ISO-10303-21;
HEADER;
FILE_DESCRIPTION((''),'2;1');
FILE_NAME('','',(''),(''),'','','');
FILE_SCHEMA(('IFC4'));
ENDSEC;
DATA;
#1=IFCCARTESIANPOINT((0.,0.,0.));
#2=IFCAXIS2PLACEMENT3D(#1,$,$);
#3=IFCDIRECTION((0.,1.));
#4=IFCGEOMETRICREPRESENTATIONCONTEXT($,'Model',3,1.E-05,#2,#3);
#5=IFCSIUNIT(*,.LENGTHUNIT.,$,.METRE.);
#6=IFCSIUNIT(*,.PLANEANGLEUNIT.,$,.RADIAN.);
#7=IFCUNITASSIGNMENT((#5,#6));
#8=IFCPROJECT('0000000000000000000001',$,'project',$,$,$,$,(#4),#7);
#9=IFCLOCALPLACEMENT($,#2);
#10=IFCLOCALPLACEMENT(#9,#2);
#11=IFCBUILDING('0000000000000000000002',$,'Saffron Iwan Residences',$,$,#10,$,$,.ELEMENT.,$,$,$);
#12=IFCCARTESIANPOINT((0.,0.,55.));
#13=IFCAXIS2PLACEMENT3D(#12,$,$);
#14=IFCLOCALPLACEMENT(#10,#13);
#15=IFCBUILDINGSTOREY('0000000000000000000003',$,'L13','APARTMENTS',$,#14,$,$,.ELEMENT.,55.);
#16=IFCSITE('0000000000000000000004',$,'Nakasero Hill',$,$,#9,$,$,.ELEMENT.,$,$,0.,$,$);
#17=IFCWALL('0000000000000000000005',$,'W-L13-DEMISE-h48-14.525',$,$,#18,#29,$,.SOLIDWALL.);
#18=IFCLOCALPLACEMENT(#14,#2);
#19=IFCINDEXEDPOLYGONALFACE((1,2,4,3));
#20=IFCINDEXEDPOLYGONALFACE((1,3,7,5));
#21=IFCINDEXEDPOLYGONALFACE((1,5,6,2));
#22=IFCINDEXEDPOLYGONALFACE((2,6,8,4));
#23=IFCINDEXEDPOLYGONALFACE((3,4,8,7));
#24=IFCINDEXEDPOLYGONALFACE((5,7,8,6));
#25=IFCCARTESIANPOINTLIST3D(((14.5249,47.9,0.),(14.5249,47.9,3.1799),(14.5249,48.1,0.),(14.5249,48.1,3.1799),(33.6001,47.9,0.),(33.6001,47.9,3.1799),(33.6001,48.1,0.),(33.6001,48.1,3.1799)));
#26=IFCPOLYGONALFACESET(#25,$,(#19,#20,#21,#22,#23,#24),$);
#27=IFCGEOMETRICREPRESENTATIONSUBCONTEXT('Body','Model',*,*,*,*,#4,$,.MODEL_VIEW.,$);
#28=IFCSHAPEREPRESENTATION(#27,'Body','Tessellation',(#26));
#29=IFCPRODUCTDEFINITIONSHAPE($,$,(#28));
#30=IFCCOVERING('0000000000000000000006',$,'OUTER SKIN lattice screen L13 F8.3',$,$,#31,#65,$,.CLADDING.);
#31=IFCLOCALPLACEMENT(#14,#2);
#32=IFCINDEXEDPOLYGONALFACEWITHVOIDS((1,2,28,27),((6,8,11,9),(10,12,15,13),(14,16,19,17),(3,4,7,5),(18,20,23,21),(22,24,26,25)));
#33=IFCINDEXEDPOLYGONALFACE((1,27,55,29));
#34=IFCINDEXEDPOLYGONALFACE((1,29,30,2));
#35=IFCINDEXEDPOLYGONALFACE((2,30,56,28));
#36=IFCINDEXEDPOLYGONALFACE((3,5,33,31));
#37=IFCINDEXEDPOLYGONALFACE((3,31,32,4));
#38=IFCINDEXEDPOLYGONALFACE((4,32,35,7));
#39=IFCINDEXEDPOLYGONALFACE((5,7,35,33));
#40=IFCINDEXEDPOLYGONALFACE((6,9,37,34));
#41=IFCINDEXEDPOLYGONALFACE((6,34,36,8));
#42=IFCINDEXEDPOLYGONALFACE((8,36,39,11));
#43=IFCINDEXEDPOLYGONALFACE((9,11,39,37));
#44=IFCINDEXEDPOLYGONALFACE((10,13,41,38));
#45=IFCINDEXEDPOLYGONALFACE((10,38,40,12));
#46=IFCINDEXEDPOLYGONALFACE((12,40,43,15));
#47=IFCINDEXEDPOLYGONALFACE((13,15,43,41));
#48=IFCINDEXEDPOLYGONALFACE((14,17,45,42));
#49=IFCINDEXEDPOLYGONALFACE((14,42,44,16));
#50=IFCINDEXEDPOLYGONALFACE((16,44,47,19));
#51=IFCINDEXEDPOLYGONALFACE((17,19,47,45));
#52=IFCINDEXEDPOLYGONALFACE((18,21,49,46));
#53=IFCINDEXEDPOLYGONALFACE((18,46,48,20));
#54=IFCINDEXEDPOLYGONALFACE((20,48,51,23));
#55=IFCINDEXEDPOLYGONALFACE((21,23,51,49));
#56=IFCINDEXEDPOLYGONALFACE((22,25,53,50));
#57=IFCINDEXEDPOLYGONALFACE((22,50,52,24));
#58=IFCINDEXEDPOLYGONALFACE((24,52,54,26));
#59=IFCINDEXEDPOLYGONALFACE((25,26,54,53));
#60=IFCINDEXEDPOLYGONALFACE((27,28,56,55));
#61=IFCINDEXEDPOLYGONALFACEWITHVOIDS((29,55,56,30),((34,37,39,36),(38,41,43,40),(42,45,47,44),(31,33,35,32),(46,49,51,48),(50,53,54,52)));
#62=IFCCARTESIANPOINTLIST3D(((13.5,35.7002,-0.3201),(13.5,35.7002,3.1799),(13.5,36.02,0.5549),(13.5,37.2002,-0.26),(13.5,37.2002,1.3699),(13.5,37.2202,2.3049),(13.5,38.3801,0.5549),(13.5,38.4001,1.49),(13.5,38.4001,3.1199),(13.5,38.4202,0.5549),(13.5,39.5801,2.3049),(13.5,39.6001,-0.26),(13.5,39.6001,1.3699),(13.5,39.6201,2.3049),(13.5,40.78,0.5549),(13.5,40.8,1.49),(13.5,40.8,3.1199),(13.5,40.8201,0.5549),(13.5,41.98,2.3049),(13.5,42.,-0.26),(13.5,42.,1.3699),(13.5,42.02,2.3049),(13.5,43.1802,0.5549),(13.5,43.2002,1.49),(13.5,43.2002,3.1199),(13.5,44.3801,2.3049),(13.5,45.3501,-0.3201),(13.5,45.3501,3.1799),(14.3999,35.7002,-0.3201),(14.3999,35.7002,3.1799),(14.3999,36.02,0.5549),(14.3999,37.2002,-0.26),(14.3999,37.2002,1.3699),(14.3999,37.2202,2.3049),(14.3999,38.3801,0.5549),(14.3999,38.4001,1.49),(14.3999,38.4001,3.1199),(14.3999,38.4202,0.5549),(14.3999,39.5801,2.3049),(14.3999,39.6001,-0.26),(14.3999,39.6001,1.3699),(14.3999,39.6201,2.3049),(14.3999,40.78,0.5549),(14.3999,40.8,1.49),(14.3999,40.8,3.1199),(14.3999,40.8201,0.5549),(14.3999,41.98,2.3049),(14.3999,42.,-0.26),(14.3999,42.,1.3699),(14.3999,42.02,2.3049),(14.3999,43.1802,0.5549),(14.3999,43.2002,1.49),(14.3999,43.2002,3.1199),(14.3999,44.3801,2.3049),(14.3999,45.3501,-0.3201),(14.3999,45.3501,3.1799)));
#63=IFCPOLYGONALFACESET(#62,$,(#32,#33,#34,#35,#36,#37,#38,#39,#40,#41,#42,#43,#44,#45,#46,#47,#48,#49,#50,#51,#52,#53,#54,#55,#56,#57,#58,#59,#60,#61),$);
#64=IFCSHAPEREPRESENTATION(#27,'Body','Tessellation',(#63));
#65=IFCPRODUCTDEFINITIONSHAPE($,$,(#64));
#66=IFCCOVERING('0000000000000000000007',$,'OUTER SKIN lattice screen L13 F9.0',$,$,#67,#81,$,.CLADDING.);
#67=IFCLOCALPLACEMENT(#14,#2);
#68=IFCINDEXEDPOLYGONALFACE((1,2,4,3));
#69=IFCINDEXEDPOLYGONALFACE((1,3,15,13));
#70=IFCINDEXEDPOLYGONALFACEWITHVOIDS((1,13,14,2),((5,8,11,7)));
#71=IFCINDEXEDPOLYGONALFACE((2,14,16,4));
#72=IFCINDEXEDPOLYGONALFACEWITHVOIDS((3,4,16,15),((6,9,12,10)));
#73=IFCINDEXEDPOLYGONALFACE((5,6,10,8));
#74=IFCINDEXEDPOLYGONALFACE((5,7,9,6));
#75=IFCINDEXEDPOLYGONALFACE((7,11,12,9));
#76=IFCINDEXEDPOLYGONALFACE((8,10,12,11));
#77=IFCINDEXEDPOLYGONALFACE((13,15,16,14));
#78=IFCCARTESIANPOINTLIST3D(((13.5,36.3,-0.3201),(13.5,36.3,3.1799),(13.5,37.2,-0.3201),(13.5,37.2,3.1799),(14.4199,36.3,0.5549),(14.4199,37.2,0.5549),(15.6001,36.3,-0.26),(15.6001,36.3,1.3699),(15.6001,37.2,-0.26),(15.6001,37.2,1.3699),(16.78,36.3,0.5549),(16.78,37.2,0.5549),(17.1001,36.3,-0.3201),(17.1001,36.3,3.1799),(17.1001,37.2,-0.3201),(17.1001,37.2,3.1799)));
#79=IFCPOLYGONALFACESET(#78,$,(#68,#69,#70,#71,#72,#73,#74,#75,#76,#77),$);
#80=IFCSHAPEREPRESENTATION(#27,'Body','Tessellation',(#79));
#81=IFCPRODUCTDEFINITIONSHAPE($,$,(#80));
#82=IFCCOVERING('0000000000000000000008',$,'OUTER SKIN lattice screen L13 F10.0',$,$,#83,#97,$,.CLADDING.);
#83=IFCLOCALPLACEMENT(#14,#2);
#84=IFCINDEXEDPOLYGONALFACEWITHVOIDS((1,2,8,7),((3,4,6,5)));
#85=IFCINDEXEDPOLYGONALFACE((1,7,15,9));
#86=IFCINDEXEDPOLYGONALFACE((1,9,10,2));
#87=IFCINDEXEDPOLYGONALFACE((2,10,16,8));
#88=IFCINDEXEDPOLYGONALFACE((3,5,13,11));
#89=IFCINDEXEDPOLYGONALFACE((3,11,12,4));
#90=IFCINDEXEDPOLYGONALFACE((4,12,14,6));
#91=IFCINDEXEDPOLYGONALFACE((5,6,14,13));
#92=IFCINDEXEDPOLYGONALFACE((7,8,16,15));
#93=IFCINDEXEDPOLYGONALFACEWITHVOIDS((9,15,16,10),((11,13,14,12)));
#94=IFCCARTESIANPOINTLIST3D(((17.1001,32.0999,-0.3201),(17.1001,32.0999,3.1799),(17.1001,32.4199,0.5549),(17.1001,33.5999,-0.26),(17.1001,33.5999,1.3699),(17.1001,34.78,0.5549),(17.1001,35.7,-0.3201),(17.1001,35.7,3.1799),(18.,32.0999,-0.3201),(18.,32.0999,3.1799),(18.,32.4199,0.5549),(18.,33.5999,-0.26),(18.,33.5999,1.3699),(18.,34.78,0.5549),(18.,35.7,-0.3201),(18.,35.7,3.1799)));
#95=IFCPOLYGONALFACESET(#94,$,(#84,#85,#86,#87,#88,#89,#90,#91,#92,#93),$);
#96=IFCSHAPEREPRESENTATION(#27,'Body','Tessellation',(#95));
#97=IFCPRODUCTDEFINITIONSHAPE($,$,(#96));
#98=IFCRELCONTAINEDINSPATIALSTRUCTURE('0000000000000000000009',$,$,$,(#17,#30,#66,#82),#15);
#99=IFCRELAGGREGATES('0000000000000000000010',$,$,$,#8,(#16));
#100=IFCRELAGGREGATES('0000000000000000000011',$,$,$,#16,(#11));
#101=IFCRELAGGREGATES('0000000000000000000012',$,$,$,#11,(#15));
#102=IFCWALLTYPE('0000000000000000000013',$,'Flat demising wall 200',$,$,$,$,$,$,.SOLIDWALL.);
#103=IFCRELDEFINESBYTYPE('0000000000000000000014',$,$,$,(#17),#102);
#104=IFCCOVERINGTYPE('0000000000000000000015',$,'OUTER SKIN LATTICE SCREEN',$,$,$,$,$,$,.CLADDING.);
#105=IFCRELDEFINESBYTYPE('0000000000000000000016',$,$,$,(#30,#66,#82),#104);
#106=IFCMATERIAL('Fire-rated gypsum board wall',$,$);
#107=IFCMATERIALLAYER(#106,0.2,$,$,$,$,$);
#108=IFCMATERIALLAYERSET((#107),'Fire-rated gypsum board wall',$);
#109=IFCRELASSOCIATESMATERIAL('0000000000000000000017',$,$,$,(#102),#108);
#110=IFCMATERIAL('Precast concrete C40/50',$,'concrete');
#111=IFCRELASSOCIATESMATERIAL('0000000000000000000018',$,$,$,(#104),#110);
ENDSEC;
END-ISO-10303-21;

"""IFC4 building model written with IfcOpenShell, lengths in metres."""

from ifc_helpers import new_model, si_unit, direction, frame, frame_2d, origin, place, context, subcontext, project, spatial, polyline, rectangle, outline, extrude, material, layer, layer_set, type_object, element, save


model = new_model("IFC4")

# Units and contexts
model_context = context("Model", 3, precision=1e-05, world=origin(), true_north=direction((0.0, 1.0)))
body_context = subcontext(model_context, "Body", "Model", "MODEL_VIEW")
ifc_project = project(units=[si_unit("LENGTHUNIT", "METRE"), si_unit("PLANEANGLEUNIT", "RADIAN")], contexts=[model_context])

# Site, building, storey
site_placement = place(None, origin())
site = spatial("IfcSite", under=ifc_project, at=site_placement, Name="Nakasero Hill", CompositionType="ELEMENT", RefElevation=0.0)
building_placement = place(site_placement, origin())
building = spatial("IfcBuilding", under=site, at=building_placement, Name="Saffron Iwan Residences", CompositionType="ELEMENT")
storey_placement = place(building_placement, frame((0.0, 0.0, 55.0)))
storey = spatial("IfcBuildingStorey", under=building, at=storey_placement, Name="L13", Description="APARTMENTS", CompositionType="ELEMENT", Elevation=55.0)

# Wall
ifc_material_1 = material(Name="Fire-rated gypsum board wall")
ifc_layer_1 = layer(ifc_material_1, 0.2)
ifc_layer_set_1 = layer_set([ifc_layer_1], Name="Fire-rated gypsum board wall")
wall_type_1 = type_object("IfcWallType", Name="Flat demising wall 200", PredefinedType="SOLIDWALL", material=ifc_layer_set_1)
wall_1_placement = place(storey_placement, frame((14.5249, 48.0, 0.0), z_axis=(0.0, 0.0, 1.0), x_axis=(1.0, 0.0, 0.0)))
element("IfcWall", 1, at=wall_1_placement, inside=storey, type_object=wall_type_1, Name="W-L13-DEMISE-h48-14.525", PredefinedType="SOLIDWALL", context=body_context, shape_type="SweptSolid", body=[
    extrude(rectangle(XDim=19.0752, YDim=0.2, at=frame_2d((9.5376, 0.0))), origin(), (0.0, 0.0, 1.0), 3.1799),
])

# Coverings
ifc_material_2 = material(Name="Precast concrete C40/50", Category="concrete")
covering_type = type_object("IfcCoveringType", Name="OUTER SKIN LATTICE SCREEN", PredefinedType="CLADDING", material=ifc_material_2)
covering_placement = place(storey_placement, frame((14.3999, 45.3501, -0.3201), z_axis=(-1.0, 0.0, 0.0), x_axis=(0.0, -1.0, 0.0)))
element("IfcCovering", 2, at=covering_placement, inside=storey, type_object=covering_type, Name="OUTER SKIN lattice screen L13 F8.3", PredefinedType="CLADDING", context=body_context, shape_type="SweptSolid", body=[
    extrude(outline(polyline([(0.0, 0.0), (9.6499, 0.0), (9.6499, 3.5), (0.0, 3.5), (0.0, 0.0)]), holes=[polyline([(2.1699, 0.875), (3.3501, 0.0601), (4.53, 0.875), (3.3501, 1.6899), (2.1699, 0.875)]), polyline([(4.5701, 0.875), (5.75, 0.0601), (6.9299, 0.875), (5.75, 1.6899), (4.5701, 0.875)]), polyline([(6.97, 0.875), (8.1499, 0.0601), (9.3301, 0.875), (8.1499, 1.6899), (6.97, 0.875)]), polyline([(0.97, 2.625), (2.1499, 1.8101), (3.3301, 2.625), (2.1499, 3.4399), (0.97, 2.625)]), polyline([(3.3701, 2.625), (4.55, 1.8101), (5.73, 2.625), (4.55, 3.4399), (3.3701, 2.625)]), polyline([(5.77, 2.625), (6.95, 1.8101), (8.1299, 2.625), (6.95, 3.4399), (5.77, 2.625)])]), origin(), (0.0, 0.0, 1.0), 0.8999),
])
for number, where, z_axis, x_axis, name in (
    (3, (13.5, 37.2, -0.3201), (0.0, -1.0, 0.0), (1.0, 0.0, 0.0), "OUTER SKIN lattice screen L13 F9.0"),
    (4, (18.0, 35.7, -0.3201), (-1.0, 0.0, 0.0), (0.0, -1.0, 0.0), "OUTER SKIN lattice screen L13 F10.0"),
):
    element("IfcCovering", number, at=place(storey_placement, frame(where, z_axis=z_axis, x_axis=x_axis)), inside=storey, type_object=covering_type, Name=name, PredefinedType="CLADDING", context=body_context, shape_type="SweptSolid", body=[
        extrude(outline(polyline([(0.0, 0.0), (3.6001, 0.0), (3.6001, 3.5), (0.0, 3.5), (0.0, 0.0)]), holes=[polyline([(0.9199, 0.875), (2.1001, 0.0601), (3.28, 0.875), (2.1001, 1.6899), (0.9199, 0.875)])]), origin(), (0.0, 0.0, 1.0), 0.8999),
    ])

save(model, "model.ifc")
